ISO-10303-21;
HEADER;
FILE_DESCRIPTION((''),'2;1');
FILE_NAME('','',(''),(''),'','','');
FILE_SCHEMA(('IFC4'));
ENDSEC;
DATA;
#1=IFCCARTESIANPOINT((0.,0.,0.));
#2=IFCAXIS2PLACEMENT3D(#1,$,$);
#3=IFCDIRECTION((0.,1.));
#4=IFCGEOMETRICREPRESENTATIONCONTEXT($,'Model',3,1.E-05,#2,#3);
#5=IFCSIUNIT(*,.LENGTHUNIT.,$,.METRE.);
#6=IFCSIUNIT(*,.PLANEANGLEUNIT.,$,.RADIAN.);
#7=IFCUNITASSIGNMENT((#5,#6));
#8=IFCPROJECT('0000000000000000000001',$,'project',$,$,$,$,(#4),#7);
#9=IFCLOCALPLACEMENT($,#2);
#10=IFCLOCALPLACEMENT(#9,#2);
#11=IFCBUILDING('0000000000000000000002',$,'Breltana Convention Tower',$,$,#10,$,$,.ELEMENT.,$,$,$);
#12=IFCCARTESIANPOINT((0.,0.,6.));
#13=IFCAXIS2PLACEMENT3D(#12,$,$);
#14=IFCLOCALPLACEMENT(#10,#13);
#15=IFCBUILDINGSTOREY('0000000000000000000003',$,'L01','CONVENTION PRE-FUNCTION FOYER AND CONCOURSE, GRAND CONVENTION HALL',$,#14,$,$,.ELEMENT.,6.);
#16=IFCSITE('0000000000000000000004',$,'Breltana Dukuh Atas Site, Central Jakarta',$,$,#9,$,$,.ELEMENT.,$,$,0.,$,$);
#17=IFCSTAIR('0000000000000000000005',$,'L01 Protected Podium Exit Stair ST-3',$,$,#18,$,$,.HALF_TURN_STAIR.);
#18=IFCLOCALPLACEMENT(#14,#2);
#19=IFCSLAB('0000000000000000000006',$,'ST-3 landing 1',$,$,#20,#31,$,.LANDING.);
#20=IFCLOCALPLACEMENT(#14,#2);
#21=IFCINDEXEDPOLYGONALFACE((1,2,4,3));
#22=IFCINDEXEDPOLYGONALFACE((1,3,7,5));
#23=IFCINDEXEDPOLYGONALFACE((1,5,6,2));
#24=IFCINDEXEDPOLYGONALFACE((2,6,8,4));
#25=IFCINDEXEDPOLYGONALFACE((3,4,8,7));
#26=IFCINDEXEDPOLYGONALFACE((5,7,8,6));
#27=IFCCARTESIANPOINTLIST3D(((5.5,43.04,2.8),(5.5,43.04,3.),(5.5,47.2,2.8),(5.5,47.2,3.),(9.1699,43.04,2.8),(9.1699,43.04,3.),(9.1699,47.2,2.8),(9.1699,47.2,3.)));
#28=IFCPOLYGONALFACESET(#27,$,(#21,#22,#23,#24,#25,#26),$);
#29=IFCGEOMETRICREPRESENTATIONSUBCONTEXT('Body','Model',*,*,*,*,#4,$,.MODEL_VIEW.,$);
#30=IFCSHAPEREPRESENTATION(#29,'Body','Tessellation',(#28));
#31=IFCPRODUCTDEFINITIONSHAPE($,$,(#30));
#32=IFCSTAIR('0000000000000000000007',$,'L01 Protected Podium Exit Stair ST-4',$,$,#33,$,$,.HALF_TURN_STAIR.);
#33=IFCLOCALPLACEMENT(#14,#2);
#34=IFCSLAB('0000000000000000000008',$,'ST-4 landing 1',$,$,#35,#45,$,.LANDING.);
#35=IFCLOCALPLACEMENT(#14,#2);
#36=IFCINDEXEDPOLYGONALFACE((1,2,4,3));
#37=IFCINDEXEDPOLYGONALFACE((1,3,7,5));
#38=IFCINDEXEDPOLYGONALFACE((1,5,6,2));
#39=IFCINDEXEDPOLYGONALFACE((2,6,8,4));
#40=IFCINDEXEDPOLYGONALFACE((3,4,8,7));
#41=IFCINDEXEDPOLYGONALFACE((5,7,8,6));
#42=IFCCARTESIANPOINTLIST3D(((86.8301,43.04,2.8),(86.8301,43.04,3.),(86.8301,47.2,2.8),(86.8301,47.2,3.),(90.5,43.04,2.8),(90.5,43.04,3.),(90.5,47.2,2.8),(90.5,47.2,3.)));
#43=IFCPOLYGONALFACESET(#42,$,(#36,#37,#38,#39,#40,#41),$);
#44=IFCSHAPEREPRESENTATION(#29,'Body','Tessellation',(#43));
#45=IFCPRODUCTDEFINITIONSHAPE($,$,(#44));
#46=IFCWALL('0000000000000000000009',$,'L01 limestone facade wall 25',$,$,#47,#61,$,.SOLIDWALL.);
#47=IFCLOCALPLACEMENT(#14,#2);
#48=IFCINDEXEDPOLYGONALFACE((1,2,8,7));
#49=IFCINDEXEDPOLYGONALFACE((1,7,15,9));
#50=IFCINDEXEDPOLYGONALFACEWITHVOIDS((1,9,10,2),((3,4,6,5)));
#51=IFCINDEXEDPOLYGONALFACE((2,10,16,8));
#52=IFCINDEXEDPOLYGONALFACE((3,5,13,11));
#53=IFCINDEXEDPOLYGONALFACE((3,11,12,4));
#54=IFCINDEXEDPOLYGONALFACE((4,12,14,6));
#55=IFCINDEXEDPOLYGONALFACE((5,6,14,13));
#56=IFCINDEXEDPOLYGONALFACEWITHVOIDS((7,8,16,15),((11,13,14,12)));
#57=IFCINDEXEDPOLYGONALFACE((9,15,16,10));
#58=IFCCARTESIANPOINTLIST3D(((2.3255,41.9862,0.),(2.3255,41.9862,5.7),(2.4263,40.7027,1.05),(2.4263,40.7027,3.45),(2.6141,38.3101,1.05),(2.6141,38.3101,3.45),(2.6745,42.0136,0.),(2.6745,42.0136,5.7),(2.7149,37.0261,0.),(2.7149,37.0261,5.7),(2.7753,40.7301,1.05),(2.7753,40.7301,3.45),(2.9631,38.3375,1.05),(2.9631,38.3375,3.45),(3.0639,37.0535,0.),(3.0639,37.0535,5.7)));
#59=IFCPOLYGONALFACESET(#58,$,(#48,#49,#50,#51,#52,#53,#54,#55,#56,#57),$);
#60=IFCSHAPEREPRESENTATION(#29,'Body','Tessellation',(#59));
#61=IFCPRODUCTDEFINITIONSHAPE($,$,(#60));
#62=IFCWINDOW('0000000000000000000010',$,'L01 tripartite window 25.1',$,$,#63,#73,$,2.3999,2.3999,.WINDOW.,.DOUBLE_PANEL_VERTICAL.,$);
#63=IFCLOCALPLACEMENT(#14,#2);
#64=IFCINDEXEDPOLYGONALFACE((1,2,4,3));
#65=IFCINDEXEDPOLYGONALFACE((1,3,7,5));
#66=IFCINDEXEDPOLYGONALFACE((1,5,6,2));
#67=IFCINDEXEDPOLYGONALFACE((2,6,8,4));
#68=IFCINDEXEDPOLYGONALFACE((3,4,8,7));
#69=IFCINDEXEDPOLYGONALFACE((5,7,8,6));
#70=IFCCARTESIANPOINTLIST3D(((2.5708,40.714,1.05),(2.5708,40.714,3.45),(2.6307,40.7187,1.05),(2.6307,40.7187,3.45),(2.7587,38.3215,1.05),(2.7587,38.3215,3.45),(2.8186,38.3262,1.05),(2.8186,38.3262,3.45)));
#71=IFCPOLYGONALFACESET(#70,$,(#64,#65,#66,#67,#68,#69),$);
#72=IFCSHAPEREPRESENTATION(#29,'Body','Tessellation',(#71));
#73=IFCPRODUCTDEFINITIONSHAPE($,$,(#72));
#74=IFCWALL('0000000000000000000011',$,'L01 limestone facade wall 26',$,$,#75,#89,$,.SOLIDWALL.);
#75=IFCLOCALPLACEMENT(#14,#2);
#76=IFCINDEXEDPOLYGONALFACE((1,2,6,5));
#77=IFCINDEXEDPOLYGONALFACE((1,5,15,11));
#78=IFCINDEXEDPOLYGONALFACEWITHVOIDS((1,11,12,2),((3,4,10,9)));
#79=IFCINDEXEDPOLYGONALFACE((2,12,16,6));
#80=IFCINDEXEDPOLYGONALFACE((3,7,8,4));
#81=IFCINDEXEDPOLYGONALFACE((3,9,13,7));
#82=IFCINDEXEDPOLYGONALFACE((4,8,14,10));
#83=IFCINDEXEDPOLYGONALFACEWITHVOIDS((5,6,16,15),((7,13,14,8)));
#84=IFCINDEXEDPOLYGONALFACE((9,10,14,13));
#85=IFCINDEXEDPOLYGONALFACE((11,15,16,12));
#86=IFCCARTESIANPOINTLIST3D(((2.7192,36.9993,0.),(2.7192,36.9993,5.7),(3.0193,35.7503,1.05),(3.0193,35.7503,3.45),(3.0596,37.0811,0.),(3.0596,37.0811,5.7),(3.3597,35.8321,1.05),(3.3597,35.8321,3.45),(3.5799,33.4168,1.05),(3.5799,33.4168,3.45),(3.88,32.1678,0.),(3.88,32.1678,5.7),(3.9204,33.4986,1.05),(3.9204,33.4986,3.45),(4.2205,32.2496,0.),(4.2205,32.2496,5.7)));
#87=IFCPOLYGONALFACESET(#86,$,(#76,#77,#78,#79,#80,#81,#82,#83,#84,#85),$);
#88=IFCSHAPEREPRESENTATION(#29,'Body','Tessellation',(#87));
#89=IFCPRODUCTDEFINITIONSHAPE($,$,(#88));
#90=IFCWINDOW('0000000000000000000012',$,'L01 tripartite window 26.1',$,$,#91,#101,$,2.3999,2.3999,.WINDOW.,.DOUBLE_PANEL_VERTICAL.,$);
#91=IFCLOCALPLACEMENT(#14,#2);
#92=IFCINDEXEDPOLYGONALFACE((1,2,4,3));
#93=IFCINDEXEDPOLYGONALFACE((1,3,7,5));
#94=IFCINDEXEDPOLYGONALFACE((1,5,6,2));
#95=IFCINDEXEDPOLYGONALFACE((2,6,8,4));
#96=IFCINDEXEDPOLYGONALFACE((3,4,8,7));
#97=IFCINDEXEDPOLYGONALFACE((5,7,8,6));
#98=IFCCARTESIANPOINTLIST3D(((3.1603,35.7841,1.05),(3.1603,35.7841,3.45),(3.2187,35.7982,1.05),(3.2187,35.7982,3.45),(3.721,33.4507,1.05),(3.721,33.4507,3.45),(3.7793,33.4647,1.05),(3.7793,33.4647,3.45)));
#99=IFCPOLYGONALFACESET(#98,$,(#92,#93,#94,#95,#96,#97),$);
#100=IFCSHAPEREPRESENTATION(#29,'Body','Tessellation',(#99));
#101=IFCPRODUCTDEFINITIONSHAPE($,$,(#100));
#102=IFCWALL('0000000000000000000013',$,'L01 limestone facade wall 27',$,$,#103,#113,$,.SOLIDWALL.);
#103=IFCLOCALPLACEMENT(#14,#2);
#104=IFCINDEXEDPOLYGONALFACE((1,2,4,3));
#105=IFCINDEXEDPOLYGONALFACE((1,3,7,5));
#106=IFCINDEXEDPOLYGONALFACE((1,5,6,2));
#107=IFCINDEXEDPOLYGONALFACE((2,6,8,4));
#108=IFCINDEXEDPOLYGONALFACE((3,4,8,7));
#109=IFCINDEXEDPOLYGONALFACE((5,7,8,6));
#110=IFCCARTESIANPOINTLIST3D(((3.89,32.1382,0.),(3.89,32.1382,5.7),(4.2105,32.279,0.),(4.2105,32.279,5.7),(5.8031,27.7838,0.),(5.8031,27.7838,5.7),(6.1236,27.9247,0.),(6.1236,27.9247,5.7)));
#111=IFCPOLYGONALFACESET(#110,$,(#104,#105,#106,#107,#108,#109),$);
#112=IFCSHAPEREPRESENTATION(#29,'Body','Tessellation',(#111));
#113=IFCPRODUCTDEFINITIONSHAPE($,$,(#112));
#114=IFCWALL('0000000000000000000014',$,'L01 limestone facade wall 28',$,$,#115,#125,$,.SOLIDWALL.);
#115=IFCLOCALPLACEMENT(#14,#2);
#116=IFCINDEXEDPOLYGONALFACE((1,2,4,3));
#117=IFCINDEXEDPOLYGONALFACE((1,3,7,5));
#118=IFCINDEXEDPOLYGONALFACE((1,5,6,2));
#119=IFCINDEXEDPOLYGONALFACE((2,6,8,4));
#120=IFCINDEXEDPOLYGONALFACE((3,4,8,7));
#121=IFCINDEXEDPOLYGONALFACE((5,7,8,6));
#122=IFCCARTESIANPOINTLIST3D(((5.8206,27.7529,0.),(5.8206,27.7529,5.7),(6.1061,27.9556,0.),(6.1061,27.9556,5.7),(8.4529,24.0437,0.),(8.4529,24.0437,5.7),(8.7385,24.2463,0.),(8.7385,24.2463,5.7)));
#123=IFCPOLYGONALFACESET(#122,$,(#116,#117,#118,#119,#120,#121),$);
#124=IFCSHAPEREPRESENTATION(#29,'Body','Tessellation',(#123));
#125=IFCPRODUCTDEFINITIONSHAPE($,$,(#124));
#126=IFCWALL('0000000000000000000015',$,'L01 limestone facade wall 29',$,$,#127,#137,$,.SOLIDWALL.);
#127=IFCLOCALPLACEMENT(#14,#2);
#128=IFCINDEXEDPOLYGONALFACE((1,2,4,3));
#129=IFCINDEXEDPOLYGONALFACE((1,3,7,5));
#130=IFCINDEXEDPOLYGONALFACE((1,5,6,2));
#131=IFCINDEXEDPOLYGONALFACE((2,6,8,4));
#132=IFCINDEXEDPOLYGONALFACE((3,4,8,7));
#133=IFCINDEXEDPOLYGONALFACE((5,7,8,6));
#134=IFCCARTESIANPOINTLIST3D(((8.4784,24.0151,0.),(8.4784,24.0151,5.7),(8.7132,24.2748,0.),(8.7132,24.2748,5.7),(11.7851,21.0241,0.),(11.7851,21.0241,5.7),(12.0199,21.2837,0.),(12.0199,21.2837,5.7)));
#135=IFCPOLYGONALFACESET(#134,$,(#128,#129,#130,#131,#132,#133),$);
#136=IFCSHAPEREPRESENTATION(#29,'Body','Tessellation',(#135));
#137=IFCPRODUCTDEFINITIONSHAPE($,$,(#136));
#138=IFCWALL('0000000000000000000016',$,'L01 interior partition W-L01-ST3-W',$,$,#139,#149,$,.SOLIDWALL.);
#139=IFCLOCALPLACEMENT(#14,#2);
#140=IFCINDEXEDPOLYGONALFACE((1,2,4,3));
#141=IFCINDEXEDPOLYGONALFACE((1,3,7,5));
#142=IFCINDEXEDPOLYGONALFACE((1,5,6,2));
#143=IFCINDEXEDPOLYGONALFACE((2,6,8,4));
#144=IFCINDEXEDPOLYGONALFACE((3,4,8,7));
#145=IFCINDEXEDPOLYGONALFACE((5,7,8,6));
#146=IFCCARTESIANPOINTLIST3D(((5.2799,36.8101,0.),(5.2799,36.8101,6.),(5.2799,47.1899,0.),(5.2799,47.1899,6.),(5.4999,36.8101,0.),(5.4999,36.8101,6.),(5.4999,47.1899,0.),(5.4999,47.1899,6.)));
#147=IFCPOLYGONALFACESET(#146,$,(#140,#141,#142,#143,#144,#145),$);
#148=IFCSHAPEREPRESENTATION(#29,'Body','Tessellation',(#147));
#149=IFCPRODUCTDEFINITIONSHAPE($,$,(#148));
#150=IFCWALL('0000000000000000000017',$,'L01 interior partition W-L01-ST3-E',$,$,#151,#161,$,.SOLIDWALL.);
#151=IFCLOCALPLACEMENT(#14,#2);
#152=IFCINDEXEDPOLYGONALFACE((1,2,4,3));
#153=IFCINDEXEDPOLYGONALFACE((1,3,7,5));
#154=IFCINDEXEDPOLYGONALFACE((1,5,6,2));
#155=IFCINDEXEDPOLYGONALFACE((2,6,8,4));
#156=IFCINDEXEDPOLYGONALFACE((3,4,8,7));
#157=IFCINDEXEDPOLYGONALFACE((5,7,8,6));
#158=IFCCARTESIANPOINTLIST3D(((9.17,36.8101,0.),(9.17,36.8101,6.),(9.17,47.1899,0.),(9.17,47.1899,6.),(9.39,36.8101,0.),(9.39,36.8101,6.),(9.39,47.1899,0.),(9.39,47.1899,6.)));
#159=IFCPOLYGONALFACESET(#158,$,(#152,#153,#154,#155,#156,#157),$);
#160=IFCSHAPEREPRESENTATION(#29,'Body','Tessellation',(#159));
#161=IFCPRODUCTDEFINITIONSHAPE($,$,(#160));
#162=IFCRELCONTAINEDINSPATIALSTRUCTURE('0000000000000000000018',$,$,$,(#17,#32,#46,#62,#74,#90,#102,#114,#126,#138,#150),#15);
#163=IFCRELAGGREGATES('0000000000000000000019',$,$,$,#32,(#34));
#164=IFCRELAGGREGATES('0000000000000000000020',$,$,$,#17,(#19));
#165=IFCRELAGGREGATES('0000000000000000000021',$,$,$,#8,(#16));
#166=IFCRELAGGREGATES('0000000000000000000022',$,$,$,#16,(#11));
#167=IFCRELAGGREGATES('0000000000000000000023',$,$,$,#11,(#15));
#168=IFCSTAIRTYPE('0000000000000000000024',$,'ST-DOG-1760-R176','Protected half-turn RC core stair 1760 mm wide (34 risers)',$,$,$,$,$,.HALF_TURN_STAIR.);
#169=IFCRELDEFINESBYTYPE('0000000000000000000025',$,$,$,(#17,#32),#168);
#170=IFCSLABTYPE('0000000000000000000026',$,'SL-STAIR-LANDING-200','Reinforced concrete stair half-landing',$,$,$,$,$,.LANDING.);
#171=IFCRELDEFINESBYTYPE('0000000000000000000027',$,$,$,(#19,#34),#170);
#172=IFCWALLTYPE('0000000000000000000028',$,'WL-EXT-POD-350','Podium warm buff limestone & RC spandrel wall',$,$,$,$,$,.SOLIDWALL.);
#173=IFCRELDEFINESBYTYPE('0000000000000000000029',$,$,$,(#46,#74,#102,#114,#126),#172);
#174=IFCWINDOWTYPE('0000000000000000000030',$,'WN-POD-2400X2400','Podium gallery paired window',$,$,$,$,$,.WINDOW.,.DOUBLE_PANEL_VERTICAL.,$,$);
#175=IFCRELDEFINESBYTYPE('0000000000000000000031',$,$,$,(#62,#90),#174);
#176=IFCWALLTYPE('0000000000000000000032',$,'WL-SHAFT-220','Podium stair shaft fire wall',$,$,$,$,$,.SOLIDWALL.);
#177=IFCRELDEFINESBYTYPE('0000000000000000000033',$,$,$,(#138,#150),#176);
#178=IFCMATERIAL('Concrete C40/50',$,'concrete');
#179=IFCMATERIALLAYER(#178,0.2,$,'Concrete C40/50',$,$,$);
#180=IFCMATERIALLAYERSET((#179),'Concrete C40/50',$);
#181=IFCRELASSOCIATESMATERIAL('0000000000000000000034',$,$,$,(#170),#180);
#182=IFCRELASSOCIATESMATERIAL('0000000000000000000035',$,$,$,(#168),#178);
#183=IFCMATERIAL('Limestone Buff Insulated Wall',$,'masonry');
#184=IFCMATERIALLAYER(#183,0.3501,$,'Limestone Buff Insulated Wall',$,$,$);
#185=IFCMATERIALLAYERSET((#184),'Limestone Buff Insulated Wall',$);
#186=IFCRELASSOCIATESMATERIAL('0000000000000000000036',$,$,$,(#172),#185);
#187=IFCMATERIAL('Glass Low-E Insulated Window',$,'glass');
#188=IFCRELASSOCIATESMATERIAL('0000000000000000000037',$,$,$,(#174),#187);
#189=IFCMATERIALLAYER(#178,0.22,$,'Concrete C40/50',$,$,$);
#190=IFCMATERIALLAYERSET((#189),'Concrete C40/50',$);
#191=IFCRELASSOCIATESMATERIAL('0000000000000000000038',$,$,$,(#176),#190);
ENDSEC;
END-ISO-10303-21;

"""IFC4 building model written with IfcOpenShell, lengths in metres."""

from ifc_helpers import new_model, si_unit, direction, frame, frame_2d, origin, place, context, subcontext, project, spatial, polyline, rectangle, outline, extrude, source, transform, mapped, material, layer, layer_set, type_object, type_shapes, element, fill, aggregate, save


model = new_model("IFC4")

# Units and contexts
model_context = context("Model", 3, precision=1e-05, world=origin(), true_north=direction((0.0, 1.0)))
body_context = subcontext(model_context, "Body", "Model", "MODEL_VIEW")
ifc_project = project(units=[si_unit("LENGTHUNIT", "METRE"), si_unit("PLANEANGLEUNIT", "RADIAN")], contexts=[model_context])

# Site, building, storey
site_placement = place(None, origin())
site = spatial("IfcSite", under=ifc_project, at=site_placement, Name="Breltana Dukuh Atas Site, Central Jakarta", CompositionType="ELEMENT", RefElevation=0.0)
building_placement = place(site_placement, origin())
building = spatial("IfcBuilding", under=site, at=building_placement, Name="Breltana Convention Tower", CompositionType="ELEMENT")
storey_placement = place(building_placement, frame((0.0, 0.0, 6.0)))
storey = spatial("IfcBuildingStorey", under=building, at=storey_placement, Name="L01", Description="CONVENTION PRE-FUNCTION FOYER AND CONCOURSE, GRAND CONVENTION HALL", CompositionType="ELEMENT", Elevation=6.0)

# Shared definitions
ifc_material_1 = material(Name="Concrete C40/50", Category="concrete")

# Stairs, slabs
ifc_layer_1 = layer(ifc_material_1, 0.2, Name="Concrete C40/50")
ifc_layer_set_1 = layer_set([ifc_layer_1], Name="Concrete C40/50")
slab_type_1 = type_object("IfcSlabType", Name="SL-STAIR-LANDING-200", Description="Reinforced concrete stair half-landing", PredefinedType="LANDING", material=ifc_layer_set_1)
stair_type_1 = type_object("IfcStairType", Name="ST-DOG-1760-R176", Description="Protected half-turn RC core stair 1760 mm wide (34 risers)", PredefinedType="HALF_TURN_STAIR", material=ifc_material_1)
stair_1_placement = place(storey_placement, origin())
stair_1 = element("IfcStair", 1, at=stair_1_placement, inside=storey, type_object=stair_type_1, Name="L01 Protected Podium Exit Stair ST-3", PredefinedType="HALF_TURN_STAIR")
slab_1_placement = place(storey_placement, frame((0.0, 0.0, 2.8)))
slab_1 = element("IfcSlab", 2, at=slab_1_placement, type_object=slab_type_1, Name="ST-3 landing 1", PredefinedType="LANDING", context=body_context, shape_type="SweptSolid", body=[
    extrude(outline(polyline([(9.1699, 43.04), (9.1699, 47.2), (5.5, 47.2), (5.5, 43.04), (9.1699, 43.04)])), origin(), (0.0, 0.0, 1.0), 0.2),
])
stair_2_placement = place(storey_placement, origin())
stair_2 = element("IfcStair", 3, at=stair_2_placement, inside=storey, type_object=stair_type_1, Name="L01 Protected Podium Exit Stair ST-4", PredefinedType="HALF_TURN_STAIR")
slab_2_placement = place(storey_placement, frame((0.0, 0.0, 2.8)))
slab_2 = element("IfcSlab", 4, at=slab_2_placement, type_object=slab_type_1, Name="ST-4 landing 1", PredefinedType="LANDING", context=body_context, shape_type="SweptSolid", body=[
    extrude(outline(polyline([(90.5, 43.04), (90.5, 47.2), (86.8301, 47.2), (86.8301, 43.04), (90.5, 43.04)])), origin(), (0.0, 0.0, 1.0), 0.2),
])
aggregate(stair_2, [slab_2])

# Walls, openings, windows
ifc_material_2 = material(Name="Limestone Buff Insulated Wall", Category="masonry")
ifc_layer_2 = layer(ifc_material_2, 0.3501, Name="Limestone Buff Insulated Wall")
ifc_layer_set_2 = layer_set([ifc_layer_2], Name="Limestone Buff Insulated Wall")
wall_type_1 = type_object("IfcWallType", Name="WL-EXT-POD-350", Description="Podium warm buff limestone & RC spandrel wall", PredefinedType="SOLIDWALL", material=ifc_layer_set_2)
shared_shape_1 = source(origin(), body_context, "Body", "SweptSolid", [
    extrude(rectangle(XDim=4.9753, YDim=0.3501, at=frame_2d((2.4878, 0.0))), origin(), (0.0, 0.0, 1.0), 5.7),
])
type_shapes(wall_type_1, [shared_shape_1])
wall_1_placement = place(storey_placement, frame((2.5, 42.0, 0.0), z_axis=(0.0, 0.0, 1.0), x_axis=(0.078269, -0.996932, 0.0)))
wall_1 = element("IfcWall", 5, at=wall_1_placement, inside=storey, type_object=wall_type_1, Name="L01 limestone facade wall 25", PredefinedType="SOLIDWALL", context=body_context, shape_type="MappedRepresentation", body=[
    mapped(shared_shape_1, transform((0.0, 0.0, 0.0), scale=1.0)),
])
opening_1_placement = place(wall_1_placement, frame((1.2876, 0.0, 1.05)))
opening_1 = element("IfcOpeningElement", 6, at=opening_1_placement, cuts=wall_1, PredefinedType="OPENING", context=body_context, shape_type="SweptSolid", body=[
    extrude(rectangle(XDim=2.3999, YDim=2.3999, at=frame_2d((1.2, 1.2))), frame((0.0, 0.1851, 0.0), z_axis=(0.0, -1.0, 0.0), x_axis=(1.0, 0.0, 0.0)), (0.0, 0.0, 1.0), 0.3701),
])
ifc_material_3 = material(Name="Glass Low-E Insulated Window", Category="glass")
window_type = type_object("IfcWindowType", Name="WN-POD-2400X2400", Description="Podium gallery paired window", PartitioningType="DOUBLE_PANEL_VERTICAL", PredefinedType="WINDOW", material=ifc_material_3)
shared_shape_2 = source(origin(), body_context, "Body", "SweptSolid", [
    extrude(rectangle(XDim=2.3999, YDim=2.3999, at=frame_2d((1.2, 1.2))), frame((0.0, 0.03, 0.0), z_axis=(0.0, -1.0, 0.0), x_axis=(1.0, 0.0, 0.0)), (0.0, 0.0, 1.0), 0.0601),
])
type_shapes(window_type, [shared_shape_2])
window_1_placement = place(opening_1_placement, origin())
window_1 = element("IfcWindow", 7, at=window_1_placement, inside=storey, type_object=window_type, Name="L01 tripartite window 25.1", OverallHeight=2.3999, OverallWidth=2.3999, PartitioningType="DOUBLE_PANEL_VERTICAL", PredefinedType="WINDOW", context=body_context, shape_type="MappedRepresentation", body=[
    mapped(shared_shape_2, transform((0.0, 0.0, 0.0), scale=1.0)),
])
fill(opening_1, window_1)
shared_shape_3 = source(origin(), body_context, "Body", "SweptSolid", [
    extrude(rectangle(XDim=4.969, YDim=0.3501, at=frame_2d((2.4844, 0.0))), origin(), (0.0, 0.0, 1.0), 5.7),
])
wall_2_placement = place(storey_placement, frame((2.8894, 37.04, 0.0), z_axis=(0.0, 0.0, 1.0), x_axis=(0.233624, -0.972327, 0.0)))
wall_2 = element("IfcWall", 8, at=wall_2_placement, inside=storey, type_object=wall_type_1, Name="L01 limestone facade wall 26", PredefinedType="SOLIDWALL", context=body_context, shape_type="MappedRepresentation", body=[
    mapped(shared_shape_3, transform((0.0, 0.0, 0.0), scale=1.0)),
])
opening_2_placement = place(wall_2_placement, frame((1.2844, 0.0, 1.05)))
opening_2 = element("IfcOpeningElement", 9, at=opening_2_placement, cuts=wall_2, PredefinedType="OPENING", context=body_context, shape_type="SweptSolid", body=[
    extrude(rectangle(XDim=2.3999, YDim=2.3999, at=frame_2d((1.2, 1.2))), frame((0.0, 0.1851, 0.0), z_axis=(0.0, -1.0, 0.0), x_axis=(1.0, 0.0, 0.0)), (0.0, 0.0, 1.0), 0.3701),
])
window_2_placement = place(opening_2_placement, origin())
window_2 = element("IfcWindow", 10, at=window_2_placement, inside=storey, type_object=window_type, Name="L01 tripartite window 26.1", OverallHeight=2.3999, OverallWidth=2.3999, PartitioningType="DOUBLE_PANEL_VERTICAL", PredefinedType="WINDOW", context=body_context, shape_type="MappedRepresentation", body=[
    mapped(shared_shape_2, transform((0.0, 0.0, 0.0), scale=1.0)),
])
fill(opening_2, window_2)

# Walls
shared_shape_4 = source(origin(), body_context, "Body", "SweptSolid", [
    extrude(rectangle(XDim=4.7561, YDim=0.3501, at=frame_2d((2.3779, 0.0))), origin(), (0.0, 0.0, 1.0), 5.7),
])
wall_3_placement = place(storey_placement, frame((4.0503, 32.2085, 0.0), z_axis=(0.0, 0.0, 1.0), x_axis=(0.402248, -0.915531, 0.0)))
element("IfcWall", 11, at=wall_3_placement, inside=storey, type_object=wall_type_1, Name="L01 limestone facade wall 27", PredefinedType="SOLIDWALL", context=body_context, shape_type="MappedRepresentation", body=[
    mapped(shared_shape_4, transform((0.0, 0.0, 0.0), scale=1.0)),
])
shared_shape_5 = source(origin(), body_context, "Body", "SweptSolid", [
    extrude(rectangle(XDim=4.5483, YDim=0.3501, at=frame_2d((2.2742, 0.0))), origin(), (0.0, 0.0, 1.0), 5.7),
])
wall_4_placement = place(storey_placement, frame((5.9634, 27.8542, 0.0), z_axis=(0.0, 0.0, 1.0), x_axis=(0.578742, -0.81551, 0.0)))
element("IfcWall", 12, at=wall_4_placement, inside=storey, type_object=wall_type_1, Name="L01 limestone facade wall 28", PredefinedType="SOLIDWALL", context=body_context, shape_type="MappedRepresentation", body=[
    mapped(shared_shape_5, transform((0.0, 0.0, 0.0), scale=1.0)),
])
shared_shape_6 = source(origin(), body_context, "Body", "SweptSolid", [
    extrude(rectangle(XDim=4.4587, YDim=0.3501, at=frame_2d((2.2295, 0.0))), origin(), (0.0, 0.0, 1.0), 5.7),
])
wall_5_placement = place(storey_placement, frame((8.5957, 24.145, 0.0), z_axis=(0.0, 0.0, 1.0), x_axis=(0.74162, -0.67082, 0.0)))
element("IfcWall", 13, at=wall_5_placement, inside=storey, type_object=wall_type_1, Name="L01 limestone facade wall 29", PredefinedType="SOLIDWALL", context=body_context, shape_type="MappedRepresentation", body=[
    mapped(shared_shape_6, transform((0.0, 0.0, 0.0), scale=1.0)),
])

# Shared definitions
ifc_layer_3 = layer(ifc_material_1, 0.22, Name="Concrete C40/50")
ifc_layer_set_3 = layer_set([ifc_layer_3], Name="Concrete C40/50")
wall_type_2 = type_object("IfcWallType", Name="WL-SHAFT-220", Description="Podium stair shaft fire wall", PredefinedType="SOLIDWALL", material=ifc_layer_set_3)

# Walls
shared_shape_7 = source(origin(), body_context, "Body", "SweptSolid", [
    extrude(rectangle(XDim=10.3799, YDim=0.22, at=frame_2d((5.1899, 0.0))), origin(), (0.0, 0.0, 1.0), 6.0),
])
for number, where, z_axis, x_axis, name in (
    (14, (5.3899, 36.8101, 0.0), (0.0, 0.0, 1.0), (0.0, 1.0, 0.0), "L01 interior partition W-L01-ST3-W"),
    (15, (9.28, 36.8101, 0.0), (0.0, 0.0, 1.0), (0.0, 1.0, 0.0), "L01 interior partition W-L01-ST3-E"),
):
    element("IfcWall", number, at=place(storey_placement, frame(where, z_axis=z_axis, x_axis=x_axis)), inside=storey, type_object=wall_type_2, Name=name, PredefinedType="SOLIDWALL", context=body_context, shape_type="MappedRepresentation", body=[
        mapped(shared_shape_7, transform((0.0, 0.0, 0.0), scale=1.0)),
    ])

aggregate(stair_1, [slab_1])

save(model, "model.ifc")
